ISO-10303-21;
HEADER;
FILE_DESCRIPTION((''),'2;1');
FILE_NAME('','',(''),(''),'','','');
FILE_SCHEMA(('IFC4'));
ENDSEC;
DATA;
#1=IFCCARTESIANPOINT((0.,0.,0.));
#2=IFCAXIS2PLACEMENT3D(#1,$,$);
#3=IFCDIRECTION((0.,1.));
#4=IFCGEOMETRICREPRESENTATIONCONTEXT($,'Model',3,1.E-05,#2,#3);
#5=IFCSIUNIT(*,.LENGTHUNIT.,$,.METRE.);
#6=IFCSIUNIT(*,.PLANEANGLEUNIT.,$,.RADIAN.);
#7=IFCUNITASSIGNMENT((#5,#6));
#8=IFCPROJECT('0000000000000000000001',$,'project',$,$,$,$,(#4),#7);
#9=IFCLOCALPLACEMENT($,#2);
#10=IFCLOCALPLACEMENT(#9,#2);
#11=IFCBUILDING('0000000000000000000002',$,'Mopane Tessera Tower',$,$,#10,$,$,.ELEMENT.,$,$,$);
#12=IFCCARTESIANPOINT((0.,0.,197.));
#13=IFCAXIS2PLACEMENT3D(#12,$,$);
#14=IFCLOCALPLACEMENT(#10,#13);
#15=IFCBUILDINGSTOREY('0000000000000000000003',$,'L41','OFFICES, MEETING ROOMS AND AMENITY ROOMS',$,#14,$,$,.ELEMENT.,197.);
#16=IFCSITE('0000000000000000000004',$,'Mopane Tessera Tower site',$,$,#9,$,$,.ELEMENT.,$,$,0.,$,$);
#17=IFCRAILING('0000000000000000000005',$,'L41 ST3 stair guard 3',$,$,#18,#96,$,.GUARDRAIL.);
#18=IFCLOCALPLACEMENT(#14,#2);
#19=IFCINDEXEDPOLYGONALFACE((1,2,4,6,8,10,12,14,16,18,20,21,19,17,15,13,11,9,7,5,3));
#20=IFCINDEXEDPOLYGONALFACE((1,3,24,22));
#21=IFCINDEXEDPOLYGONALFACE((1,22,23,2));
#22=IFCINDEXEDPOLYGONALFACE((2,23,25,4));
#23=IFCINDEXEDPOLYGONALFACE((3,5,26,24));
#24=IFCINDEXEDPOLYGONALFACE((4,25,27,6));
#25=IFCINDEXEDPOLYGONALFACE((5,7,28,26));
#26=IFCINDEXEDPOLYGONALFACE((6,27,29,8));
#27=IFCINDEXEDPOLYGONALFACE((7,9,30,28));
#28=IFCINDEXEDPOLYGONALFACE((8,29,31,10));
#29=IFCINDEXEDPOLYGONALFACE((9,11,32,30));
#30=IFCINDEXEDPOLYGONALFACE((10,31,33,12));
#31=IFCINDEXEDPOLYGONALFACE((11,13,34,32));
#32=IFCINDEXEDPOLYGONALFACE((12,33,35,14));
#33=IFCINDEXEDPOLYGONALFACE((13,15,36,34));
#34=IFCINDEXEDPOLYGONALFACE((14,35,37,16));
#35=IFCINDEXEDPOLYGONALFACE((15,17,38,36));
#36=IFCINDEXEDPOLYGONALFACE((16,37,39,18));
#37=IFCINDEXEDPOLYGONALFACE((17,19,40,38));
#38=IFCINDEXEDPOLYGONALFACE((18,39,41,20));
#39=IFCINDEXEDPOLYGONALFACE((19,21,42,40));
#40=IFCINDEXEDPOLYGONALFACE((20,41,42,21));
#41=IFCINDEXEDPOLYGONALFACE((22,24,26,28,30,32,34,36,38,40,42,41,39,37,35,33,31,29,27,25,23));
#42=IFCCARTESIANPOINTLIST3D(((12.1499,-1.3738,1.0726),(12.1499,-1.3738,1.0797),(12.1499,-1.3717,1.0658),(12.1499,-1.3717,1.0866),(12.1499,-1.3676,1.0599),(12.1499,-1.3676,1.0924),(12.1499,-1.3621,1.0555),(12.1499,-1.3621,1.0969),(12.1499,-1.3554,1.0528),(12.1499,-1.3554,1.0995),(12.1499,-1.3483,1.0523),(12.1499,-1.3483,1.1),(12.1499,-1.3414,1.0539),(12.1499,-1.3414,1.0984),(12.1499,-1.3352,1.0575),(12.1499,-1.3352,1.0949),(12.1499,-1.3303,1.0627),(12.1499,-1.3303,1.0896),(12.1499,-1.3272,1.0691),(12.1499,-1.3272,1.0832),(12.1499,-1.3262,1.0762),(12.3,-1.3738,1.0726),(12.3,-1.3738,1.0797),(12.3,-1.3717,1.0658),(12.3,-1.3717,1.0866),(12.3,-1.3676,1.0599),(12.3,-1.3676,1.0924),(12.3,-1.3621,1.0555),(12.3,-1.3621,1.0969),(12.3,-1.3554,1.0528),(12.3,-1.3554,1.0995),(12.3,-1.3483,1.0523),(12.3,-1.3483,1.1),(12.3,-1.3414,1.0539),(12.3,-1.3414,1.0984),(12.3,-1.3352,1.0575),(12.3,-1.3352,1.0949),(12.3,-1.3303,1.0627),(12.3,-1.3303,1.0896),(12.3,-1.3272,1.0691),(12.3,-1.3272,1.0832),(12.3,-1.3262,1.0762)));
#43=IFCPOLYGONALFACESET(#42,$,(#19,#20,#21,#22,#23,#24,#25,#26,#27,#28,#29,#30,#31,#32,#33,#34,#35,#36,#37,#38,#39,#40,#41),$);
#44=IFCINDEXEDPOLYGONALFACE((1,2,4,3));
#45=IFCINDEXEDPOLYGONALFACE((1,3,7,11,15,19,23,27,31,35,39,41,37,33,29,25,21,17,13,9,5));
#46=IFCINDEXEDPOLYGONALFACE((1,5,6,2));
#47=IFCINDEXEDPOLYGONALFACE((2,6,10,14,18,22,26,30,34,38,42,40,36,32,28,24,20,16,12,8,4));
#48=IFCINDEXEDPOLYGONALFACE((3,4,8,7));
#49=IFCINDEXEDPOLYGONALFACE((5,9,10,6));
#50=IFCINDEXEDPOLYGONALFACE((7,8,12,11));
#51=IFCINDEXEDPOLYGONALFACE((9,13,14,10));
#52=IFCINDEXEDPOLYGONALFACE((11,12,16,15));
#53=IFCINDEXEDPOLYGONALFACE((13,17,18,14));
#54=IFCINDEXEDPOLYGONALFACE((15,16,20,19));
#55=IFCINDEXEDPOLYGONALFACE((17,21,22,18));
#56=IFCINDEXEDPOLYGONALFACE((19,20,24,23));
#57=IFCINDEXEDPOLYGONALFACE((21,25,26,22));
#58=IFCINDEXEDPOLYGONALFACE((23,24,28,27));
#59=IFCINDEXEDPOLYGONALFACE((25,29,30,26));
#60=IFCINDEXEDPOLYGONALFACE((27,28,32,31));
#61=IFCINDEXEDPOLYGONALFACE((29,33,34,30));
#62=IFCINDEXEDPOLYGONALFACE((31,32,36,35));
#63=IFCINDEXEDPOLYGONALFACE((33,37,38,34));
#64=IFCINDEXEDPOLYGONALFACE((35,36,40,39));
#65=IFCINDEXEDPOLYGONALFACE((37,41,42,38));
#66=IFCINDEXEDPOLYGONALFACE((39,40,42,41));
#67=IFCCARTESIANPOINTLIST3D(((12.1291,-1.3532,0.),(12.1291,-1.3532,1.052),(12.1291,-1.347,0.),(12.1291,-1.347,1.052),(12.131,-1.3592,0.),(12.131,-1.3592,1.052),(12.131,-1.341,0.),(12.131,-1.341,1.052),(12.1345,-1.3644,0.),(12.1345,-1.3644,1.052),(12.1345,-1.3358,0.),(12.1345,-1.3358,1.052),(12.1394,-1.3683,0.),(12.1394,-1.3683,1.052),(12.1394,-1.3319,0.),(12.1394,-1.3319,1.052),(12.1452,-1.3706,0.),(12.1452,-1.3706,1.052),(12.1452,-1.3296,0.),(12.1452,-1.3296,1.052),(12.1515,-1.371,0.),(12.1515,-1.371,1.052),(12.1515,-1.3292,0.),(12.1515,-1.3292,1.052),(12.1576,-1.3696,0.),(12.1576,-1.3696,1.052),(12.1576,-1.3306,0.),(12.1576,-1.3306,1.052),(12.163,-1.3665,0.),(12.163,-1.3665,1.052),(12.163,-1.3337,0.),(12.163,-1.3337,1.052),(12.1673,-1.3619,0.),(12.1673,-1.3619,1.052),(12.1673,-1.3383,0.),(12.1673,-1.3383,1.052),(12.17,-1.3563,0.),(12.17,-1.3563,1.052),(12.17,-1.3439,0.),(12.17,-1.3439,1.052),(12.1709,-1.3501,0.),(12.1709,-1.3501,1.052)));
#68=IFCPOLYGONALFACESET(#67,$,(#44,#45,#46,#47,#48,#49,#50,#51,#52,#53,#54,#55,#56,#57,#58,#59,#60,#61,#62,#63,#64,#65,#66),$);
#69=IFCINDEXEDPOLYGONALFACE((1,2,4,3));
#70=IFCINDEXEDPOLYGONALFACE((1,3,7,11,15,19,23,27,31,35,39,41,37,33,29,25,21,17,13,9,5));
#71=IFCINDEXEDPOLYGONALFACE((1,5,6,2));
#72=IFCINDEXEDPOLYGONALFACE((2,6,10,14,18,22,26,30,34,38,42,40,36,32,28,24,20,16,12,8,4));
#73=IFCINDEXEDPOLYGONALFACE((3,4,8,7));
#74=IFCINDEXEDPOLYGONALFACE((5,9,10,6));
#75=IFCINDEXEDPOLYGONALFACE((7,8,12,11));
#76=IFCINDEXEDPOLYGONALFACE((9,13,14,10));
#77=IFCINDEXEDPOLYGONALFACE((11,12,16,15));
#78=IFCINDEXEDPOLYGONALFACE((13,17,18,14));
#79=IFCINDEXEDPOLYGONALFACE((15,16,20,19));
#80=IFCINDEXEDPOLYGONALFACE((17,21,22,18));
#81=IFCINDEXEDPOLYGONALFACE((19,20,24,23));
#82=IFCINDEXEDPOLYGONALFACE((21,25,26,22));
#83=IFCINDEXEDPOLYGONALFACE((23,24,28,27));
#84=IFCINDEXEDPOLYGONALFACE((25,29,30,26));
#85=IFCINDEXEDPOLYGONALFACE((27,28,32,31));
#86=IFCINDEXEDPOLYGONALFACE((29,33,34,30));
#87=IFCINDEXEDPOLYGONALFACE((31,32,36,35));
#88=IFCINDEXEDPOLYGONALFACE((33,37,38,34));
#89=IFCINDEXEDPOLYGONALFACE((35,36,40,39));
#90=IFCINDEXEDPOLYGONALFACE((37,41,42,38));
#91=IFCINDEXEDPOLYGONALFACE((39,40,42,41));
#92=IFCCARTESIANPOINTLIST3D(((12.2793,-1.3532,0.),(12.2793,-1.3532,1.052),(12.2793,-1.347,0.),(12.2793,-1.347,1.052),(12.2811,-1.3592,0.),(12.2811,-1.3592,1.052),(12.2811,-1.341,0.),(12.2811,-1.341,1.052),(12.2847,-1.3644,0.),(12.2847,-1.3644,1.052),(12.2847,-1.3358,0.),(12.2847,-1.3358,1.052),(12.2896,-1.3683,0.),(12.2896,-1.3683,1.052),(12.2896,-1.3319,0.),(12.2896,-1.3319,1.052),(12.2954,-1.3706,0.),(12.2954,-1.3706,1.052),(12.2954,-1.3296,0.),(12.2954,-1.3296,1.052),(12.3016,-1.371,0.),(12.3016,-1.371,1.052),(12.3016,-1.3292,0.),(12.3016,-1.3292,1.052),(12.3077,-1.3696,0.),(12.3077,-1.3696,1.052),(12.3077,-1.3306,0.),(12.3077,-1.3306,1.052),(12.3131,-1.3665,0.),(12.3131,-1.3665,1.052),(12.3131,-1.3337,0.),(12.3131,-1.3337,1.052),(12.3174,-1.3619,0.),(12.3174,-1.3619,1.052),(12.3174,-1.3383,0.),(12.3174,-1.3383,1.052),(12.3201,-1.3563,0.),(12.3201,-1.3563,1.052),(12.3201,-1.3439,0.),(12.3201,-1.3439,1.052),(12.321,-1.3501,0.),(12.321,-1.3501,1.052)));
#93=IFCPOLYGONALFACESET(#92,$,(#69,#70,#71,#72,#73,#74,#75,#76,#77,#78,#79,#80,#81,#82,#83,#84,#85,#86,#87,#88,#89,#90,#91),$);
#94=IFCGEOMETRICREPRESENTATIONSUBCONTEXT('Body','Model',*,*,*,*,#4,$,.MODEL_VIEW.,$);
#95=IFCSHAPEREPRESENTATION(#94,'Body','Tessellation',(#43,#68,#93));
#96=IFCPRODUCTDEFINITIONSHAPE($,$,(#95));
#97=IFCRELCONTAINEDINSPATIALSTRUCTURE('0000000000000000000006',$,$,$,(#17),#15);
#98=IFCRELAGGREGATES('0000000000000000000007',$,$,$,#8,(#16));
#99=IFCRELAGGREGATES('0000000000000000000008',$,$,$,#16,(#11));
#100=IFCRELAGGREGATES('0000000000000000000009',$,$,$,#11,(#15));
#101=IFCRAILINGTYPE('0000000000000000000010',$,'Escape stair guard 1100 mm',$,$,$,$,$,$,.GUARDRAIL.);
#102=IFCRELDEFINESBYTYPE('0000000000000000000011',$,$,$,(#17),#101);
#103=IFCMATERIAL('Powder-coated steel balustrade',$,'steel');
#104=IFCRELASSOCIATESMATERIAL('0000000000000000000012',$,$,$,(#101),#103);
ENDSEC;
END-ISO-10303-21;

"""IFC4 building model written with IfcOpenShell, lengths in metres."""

from ifc_helpers import new_model, si_unit, direction, frame, origin, origin_2d, place, context, subcontext, project, spatial, circle, extrude, material, type_object, element, save


model = new_model("IFC4")

# Units and contexts
model_context = context("Model", 3, precision=1e-05, world=origin(), true_north=direction((0.0, 1.0)))
body_context = subcontext(model_context, "Body", "Model", "MODEL_VIEW")
ifc_project = project(units=[si_unit("LENGTHUNIT", "METRE"), si_unit("PLANEANGLEUNIT", "RADIAN")], contexts=[model_context])

# Site, building, storey
site_placement = place(None, origin())
site = spatial("IfcSite", under=ifc_project, at=site_placement, Name="Mopane Tessera Tower site", CompositionType="ELEMENT", RefElevation=0.0)
building_placement = place(site_placement, origin())
building = spatial("IfcBuilding", under=site, at=building_placement, Name="Mopane Tessera Tower", CompositionType="ELEMENT")
storey_placement = place(building_placement, frame((0.0, 0.0, 197.0)))
storey = spatial("IfcBuildingStorey", under=building, at=storey_placement, Name="L41", Description="OFFICES, MEETING ROOMS AND AMENITY ROOMS", CompositionType="ELEMENT", Elevation=197.0)

# Railing
ifc_material_1 = material(Name="Powder-coated steel balustrade", Category="steel")
railing_type_1 = type_object("IfcRailingType", Name="Escape stair guard 1100 mm", PredefinedType="GUARDRAIL", material=ifc_material_1)
railing_1_placement = place(storey_placement, frame((12.1499, -1.3501, 0.0)))
element("IfcRailing", 1, at=railing_1_placement, inside=storey, type_object=railing_type_1, Name="L41 ST3 stair guard 3", PredefinedType="GUARDRAIL", context=body_context, shape_type="SweptSolid", body=[
    extrude(circle(Radius=0.0239, at=origin_2d()), frame((0.0, 0.0, 1.0762), z_axis=(1.0, 0.0, 0.0), x_axis=(0.0, 1.0, 0.0)), (0.0, 0.0, 1.0), 0.1501),
    extrude(circle(Radius=0.021, at=origin_2d()), origin(), (0.0, 0.0, 1.0), 1.052),
    extrude(circle(Radius=0.021, at=origin_2d()), frame((0.1501, 0.0, 0.0)), (0.0, 0.0, 1.0), 1.052),
])

save(model, "model.ifc")
